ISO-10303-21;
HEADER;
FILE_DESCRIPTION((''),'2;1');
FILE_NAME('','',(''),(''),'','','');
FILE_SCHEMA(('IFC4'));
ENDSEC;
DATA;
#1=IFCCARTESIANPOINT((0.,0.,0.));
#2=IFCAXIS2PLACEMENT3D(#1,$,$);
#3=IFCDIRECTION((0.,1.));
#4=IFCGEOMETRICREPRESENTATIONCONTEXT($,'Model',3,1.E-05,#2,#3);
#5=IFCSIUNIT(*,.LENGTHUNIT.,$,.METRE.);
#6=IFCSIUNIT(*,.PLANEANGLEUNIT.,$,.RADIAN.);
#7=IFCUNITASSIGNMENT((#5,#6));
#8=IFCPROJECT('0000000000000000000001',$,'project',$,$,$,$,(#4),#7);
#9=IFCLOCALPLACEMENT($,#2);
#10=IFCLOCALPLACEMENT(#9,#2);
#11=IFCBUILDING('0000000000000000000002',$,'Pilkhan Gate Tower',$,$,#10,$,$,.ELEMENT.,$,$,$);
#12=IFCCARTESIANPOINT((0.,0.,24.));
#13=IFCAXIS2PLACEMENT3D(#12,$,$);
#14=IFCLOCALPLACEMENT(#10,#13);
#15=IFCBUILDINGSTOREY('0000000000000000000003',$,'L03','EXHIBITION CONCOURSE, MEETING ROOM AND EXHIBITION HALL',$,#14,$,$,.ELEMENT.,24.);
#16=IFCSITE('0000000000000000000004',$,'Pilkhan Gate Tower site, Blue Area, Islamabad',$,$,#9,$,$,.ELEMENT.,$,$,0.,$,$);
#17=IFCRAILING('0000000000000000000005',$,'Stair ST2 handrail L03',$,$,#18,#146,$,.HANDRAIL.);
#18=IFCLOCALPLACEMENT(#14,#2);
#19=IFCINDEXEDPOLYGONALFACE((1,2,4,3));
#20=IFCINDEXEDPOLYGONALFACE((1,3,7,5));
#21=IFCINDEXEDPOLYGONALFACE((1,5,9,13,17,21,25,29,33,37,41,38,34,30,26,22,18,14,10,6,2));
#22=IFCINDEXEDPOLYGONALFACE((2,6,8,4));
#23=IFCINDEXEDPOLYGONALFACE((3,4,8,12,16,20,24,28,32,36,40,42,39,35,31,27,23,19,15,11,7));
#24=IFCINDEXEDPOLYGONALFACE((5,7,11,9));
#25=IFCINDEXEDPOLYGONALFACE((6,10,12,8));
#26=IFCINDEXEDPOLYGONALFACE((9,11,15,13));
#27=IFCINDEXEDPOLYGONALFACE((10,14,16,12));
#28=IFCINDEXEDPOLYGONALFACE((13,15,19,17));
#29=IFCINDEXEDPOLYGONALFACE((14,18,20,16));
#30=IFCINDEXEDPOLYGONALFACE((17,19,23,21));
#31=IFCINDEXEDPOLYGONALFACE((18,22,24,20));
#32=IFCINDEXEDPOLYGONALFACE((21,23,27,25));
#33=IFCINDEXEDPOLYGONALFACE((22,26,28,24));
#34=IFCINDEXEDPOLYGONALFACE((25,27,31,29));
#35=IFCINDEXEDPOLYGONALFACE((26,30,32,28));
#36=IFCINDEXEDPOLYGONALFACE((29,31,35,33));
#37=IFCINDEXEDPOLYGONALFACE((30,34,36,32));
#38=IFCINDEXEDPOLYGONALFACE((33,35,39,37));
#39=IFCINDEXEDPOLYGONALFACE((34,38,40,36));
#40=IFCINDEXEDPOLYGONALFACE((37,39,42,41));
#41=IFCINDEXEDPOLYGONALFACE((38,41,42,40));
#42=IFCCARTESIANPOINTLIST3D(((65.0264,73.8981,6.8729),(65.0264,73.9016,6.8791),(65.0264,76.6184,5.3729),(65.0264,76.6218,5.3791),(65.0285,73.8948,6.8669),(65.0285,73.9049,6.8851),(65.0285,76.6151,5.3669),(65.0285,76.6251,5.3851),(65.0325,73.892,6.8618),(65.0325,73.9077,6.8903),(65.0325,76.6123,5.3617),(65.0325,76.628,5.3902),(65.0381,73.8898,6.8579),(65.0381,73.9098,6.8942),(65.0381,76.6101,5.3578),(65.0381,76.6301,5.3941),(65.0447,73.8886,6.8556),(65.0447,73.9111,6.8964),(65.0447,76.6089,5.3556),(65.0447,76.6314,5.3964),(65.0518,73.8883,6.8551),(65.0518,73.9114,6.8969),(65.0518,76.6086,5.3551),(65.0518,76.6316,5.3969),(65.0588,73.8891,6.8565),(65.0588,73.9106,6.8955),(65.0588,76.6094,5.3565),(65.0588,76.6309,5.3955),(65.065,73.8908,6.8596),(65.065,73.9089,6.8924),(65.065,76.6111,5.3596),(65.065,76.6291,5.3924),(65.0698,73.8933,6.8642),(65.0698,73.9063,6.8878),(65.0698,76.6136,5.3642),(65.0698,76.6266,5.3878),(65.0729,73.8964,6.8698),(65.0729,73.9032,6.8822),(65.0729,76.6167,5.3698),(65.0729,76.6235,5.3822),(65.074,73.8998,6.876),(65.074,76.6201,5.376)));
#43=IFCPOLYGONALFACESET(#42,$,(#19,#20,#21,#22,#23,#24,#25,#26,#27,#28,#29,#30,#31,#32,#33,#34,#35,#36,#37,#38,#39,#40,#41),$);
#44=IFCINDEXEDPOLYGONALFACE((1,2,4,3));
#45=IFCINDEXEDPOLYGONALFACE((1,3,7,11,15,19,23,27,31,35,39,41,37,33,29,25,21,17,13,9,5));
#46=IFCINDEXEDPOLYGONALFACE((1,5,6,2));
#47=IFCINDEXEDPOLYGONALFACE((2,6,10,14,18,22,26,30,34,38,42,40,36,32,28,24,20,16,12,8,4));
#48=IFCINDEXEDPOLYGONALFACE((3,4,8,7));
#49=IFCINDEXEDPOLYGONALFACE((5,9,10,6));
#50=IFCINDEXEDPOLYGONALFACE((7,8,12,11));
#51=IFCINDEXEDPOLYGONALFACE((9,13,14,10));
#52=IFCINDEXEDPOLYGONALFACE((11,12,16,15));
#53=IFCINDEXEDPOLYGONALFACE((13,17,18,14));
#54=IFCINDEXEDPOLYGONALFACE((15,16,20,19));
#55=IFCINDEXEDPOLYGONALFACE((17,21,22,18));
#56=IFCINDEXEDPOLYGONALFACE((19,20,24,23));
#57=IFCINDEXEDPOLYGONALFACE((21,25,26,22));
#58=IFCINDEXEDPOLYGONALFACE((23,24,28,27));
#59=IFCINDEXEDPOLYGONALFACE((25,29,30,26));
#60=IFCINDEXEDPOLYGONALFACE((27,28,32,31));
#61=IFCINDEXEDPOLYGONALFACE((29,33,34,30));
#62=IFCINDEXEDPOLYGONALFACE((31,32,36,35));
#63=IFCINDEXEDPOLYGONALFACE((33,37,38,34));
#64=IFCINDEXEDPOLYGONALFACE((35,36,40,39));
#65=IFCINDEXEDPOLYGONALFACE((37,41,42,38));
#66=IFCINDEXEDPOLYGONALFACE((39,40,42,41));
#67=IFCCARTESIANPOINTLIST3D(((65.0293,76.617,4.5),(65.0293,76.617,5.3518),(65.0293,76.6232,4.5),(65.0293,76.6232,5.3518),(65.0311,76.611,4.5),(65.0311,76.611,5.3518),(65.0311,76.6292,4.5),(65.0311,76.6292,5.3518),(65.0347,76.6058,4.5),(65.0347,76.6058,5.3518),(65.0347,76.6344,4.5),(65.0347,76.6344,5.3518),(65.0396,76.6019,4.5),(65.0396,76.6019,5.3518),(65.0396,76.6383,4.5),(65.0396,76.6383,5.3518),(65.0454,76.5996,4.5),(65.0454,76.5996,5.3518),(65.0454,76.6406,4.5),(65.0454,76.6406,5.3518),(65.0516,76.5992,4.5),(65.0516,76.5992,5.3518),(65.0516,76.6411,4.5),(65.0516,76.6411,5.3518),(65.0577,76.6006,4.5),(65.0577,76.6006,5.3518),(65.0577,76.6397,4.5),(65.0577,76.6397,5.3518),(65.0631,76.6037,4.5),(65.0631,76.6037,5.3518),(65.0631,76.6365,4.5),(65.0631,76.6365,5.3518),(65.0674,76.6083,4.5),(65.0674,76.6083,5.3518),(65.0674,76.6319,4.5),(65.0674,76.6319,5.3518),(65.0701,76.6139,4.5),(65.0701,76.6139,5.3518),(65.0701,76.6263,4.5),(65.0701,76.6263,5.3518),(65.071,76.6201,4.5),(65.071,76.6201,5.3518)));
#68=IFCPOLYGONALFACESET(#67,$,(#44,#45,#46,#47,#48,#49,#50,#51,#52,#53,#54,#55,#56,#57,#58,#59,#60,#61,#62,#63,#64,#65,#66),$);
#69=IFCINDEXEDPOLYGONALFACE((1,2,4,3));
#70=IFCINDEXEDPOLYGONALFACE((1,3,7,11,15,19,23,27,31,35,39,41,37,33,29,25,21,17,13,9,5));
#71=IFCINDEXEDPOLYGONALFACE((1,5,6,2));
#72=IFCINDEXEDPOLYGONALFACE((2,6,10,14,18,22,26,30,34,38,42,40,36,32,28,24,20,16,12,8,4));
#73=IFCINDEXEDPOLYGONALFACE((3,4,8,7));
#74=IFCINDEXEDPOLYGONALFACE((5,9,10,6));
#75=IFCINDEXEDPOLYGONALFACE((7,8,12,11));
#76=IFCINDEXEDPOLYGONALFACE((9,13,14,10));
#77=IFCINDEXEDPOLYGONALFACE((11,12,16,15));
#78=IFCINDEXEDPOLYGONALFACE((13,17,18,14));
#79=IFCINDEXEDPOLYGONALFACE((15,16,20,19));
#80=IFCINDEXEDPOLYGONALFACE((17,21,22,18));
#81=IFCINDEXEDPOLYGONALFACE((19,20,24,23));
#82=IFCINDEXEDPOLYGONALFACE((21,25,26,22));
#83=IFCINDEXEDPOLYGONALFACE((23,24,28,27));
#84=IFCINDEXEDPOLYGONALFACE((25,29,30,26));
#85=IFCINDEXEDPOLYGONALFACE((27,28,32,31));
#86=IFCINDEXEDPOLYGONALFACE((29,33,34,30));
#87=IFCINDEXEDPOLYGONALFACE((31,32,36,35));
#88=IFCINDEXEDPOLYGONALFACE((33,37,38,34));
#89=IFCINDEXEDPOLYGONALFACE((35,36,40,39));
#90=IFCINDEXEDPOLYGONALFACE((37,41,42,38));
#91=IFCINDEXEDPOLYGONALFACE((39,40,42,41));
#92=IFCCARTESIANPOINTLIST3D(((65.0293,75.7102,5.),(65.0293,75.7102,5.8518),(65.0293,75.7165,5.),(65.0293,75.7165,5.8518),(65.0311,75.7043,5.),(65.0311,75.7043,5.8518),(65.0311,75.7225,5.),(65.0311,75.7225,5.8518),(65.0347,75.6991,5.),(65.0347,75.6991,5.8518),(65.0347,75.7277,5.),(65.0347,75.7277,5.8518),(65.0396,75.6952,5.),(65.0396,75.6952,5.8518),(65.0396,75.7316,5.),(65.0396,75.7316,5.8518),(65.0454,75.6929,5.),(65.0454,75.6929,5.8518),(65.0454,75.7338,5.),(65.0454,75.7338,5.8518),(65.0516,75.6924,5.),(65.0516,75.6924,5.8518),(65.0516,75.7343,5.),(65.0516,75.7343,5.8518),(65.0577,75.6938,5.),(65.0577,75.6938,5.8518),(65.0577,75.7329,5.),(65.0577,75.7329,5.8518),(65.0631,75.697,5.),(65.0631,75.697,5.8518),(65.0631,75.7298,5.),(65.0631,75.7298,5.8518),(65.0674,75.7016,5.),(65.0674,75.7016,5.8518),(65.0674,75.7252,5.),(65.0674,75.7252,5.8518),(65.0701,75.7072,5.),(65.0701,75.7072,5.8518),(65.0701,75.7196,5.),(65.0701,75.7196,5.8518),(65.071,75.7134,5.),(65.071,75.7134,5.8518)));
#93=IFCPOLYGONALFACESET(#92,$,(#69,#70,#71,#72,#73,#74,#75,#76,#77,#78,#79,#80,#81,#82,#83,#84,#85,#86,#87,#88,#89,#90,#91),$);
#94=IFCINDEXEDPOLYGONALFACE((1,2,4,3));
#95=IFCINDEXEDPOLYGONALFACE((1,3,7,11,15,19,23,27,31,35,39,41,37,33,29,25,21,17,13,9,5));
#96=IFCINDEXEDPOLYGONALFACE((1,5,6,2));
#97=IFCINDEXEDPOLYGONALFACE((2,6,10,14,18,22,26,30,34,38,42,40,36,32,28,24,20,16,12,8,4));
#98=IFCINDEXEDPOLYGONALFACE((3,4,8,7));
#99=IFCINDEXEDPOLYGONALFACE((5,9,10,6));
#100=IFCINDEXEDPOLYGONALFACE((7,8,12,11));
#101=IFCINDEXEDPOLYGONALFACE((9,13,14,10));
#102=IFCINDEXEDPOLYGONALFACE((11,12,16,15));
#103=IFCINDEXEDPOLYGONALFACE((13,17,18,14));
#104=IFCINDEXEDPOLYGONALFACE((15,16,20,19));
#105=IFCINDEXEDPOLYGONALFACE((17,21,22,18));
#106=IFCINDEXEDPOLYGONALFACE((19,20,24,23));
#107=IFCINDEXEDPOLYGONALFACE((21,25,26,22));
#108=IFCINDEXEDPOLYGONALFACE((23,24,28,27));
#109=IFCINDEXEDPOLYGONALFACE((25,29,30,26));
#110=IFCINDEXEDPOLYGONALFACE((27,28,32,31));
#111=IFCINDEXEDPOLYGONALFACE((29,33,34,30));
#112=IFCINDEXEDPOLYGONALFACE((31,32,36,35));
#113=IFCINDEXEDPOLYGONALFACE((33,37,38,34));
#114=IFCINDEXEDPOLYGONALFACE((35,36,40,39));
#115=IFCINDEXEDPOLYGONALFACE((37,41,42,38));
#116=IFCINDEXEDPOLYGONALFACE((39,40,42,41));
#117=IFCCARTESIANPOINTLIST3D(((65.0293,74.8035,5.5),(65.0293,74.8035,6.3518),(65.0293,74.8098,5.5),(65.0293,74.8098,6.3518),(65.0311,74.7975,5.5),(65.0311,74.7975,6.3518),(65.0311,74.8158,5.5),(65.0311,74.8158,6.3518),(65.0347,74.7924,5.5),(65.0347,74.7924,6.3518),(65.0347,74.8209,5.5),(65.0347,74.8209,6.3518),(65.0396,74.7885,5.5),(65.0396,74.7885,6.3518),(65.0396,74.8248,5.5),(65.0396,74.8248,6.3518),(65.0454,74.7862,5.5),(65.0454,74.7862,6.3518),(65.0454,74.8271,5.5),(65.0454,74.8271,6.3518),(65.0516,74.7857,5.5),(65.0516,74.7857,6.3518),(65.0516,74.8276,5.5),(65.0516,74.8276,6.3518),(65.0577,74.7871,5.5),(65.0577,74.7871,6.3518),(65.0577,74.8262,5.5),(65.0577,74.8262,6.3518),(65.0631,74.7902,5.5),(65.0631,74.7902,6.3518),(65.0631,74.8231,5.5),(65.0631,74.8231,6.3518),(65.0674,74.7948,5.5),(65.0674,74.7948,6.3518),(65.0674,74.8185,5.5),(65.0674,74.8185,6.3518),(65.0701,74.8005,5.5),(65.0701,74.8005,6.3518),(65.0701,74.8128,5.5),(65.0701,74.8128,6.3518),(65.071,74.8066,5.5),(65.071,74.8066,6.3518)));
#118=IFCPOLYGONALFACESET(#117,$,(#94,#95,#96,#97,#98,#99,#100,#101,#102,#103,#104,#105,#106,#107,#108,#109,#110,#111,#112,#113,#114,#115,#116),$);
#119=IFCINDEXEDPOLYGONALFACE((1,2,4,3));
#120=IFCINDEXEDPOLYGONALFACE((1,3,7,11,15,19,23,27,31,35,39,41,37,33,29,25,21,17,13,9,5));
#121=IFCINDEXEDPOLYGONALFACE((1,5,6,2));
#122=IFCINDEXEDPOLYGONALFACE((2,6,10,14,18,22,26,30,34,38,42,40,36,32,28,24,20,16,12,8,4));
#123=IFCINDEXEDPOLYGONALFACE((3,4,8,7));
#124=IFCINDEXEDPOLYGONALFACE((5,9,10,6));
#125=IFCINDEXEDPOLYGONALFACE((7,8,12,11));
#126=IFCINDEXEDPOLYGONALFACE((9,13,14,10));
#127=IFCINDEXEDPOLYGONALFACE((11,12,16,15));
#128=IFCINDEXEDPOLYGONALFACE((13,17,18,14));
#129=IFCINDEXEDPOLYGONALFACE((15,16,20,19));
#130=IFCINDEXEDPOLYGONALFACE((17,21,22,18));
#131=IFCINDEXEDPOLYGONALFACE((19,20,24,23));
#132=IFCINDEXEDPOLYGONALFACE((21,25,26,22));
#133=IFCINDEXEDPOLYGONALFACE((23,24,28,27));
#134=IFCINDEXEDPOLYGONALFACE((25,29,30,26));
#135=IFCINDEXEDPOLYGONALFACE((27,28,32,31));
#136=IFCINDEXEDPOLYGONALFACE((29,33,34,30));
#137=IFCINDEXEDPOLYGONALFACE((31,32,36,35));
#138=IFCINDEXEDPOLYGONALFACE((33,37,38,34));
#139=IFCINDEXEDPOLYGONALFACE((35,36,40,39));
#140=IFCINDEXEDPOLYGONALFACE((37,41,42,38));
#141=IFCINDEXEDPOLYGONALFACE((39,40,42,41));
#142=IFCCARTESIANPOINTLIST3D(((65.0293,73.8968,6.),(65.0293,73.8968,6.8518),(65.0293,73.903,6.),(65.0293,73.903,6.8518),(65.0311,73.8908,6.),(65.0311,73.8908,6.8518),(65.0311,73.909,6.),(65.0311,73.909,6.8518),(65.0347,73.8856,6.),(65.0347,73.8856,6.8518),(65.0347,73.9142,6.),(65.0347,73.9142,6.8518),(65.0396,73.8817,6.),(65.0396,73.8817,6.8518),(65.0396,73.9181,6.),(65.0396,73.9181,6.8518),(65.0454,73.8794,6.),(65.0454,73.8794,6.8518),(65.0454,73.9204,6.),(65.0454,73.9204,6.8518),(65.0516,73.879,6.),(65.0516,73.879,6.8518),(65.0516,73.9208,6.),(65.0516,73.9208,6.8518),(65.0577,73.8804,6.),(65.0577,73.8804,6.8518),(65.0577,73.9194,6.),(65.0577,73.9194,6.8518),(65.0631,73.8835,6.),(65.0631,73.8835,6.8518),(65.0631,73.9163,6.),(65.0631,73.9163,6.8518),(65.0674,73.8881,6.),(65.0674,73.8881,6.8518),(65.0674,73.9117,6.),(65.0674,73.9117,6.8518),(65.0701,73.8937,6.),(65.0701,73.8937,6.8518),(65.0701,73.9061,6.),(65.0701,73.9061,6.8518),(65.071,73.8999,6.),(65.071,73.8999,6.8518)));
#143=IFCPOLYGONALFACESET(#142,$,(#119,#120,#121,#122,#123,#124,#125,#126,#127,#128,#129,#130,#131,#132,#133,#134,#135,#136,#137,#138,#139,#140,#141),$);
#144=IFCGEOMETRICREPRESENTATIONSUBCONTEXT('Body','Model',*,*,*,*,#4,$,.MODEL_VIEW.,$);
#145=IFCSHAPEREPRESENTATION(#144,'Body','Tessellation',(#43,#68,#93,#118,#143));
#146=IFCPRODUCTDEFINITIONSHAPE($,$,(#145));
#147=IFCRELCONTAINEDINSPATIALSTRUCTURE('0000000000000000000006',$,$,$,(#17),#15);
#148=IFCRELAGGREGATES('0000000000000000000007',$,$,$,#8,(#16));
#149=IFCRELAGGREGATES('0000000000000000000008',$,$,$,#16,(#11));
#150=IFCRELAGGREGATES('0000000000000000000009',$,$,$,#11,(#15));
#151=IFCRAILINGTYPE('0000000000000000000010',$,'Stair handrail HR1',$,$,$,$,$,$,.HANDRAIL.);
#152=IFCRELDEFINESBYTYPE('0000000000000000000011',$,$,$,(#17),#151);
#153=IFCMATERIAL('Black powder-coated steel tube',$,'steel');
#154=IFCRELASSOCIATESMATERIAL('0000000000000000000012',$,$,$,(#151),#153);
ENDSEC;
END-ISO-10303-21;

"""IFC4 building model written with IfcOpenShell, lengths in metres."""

from ifc_helpers import new_model, si_unit, direction, frame, origin, origin_2d, place, context, subcontext, project, spatial, circle, extrude, material, type_object, element, save


model = new_model("IFC4")

# Units and contexts
model_context = context("Model", 3, precision=1e-05, world=origin(), true_north=direction((0.0, 1.0)))
body_context = subcontext(model_context, "Body", "Model", "MODEL_VIEW")
ifc_project = project(units=[si_unit("LENGTHUNIT", "METRE"), si_unit("PLANEANGLEUNIT", "RADIAN")], contexts=[model_context])

# Site, building, storey
site_placement = place(None, origin())
site = spatial("IfcSite", under=ifc_project, at=site_placement, Name="Pilkhan Gate Tower site, Blue Area, Islamabad", CompositionType="ELEMENT", RefElevation=0.0)
building_placement = place(site_placement, origin())
building = spatial("IfcBuilding", under=site, at=building_placement, Name="Pilkhan Gate Tower", CompositionType="ELEMENT")
storey_placement = place(building_placement, frame((0.0, 0.0, 24.0)))
storey = spatial("IfcBuildingStorey", under=building, at=storey_placement, Name="L03", Description="EXHIBITION CONCOURSE, MEETING ROOM AND EXHIBITION HALL", CompositionType="ELEMENT", Elevation=24.0)

# Railing
ifc_material_1 = material(Name="Black powder-coated steel tube", Category="steel")
railing_type_1 = type_object("IfcRailingType", Name="Stair handrail HR1", PredefinedType="HANDRAIL", material=ifc_material_1)
for number, where, name in (
    (1, (65.05, 76.6201, 4.5), "Stair ST2 handrail L03"),
):
    element("IfcRailing", number, at=place(storey_placement, frame(where)), inside=storey, type_object=railing_type_1, Name=name, PredefinedType="HANDRAIL", context=body_context, shape_type="SweptSolid", body=[
        extrude(circle(Radius=0.0239, at=origin_2d()), frame((0.0, 0.0, 0.876), z_axis=(0.0, -0.875688, 0.482878), x_axis=(1.0, 0.0, 0.0)), (0.0, 0.0, 1.0), 3.1064),
        extrude(circle(Radius=0.021, at=origin_2d()), origin(), (0.0, 0.0, 1.0), 0.8518),
        extrude(circle(Radius=0.021, at=origin_2d()), frame((0.0, -0.9067, 0.5)), (0.0, 0.0, 1.0), 0.8518),
        extrude(circle(Radius=0.021, at=origin_2d()), frame((0.0, -1.8135, 1.0)), (0.0, 0.0, 1.0), 0.8518),
        extrude(circle(Radius=0.021, at=origin_2d()), frame((0.0, -2.7202, 1.5)), (0.0, 0.0, 1.0), 0.8518),
    ])

save(model, "model.ifc")
